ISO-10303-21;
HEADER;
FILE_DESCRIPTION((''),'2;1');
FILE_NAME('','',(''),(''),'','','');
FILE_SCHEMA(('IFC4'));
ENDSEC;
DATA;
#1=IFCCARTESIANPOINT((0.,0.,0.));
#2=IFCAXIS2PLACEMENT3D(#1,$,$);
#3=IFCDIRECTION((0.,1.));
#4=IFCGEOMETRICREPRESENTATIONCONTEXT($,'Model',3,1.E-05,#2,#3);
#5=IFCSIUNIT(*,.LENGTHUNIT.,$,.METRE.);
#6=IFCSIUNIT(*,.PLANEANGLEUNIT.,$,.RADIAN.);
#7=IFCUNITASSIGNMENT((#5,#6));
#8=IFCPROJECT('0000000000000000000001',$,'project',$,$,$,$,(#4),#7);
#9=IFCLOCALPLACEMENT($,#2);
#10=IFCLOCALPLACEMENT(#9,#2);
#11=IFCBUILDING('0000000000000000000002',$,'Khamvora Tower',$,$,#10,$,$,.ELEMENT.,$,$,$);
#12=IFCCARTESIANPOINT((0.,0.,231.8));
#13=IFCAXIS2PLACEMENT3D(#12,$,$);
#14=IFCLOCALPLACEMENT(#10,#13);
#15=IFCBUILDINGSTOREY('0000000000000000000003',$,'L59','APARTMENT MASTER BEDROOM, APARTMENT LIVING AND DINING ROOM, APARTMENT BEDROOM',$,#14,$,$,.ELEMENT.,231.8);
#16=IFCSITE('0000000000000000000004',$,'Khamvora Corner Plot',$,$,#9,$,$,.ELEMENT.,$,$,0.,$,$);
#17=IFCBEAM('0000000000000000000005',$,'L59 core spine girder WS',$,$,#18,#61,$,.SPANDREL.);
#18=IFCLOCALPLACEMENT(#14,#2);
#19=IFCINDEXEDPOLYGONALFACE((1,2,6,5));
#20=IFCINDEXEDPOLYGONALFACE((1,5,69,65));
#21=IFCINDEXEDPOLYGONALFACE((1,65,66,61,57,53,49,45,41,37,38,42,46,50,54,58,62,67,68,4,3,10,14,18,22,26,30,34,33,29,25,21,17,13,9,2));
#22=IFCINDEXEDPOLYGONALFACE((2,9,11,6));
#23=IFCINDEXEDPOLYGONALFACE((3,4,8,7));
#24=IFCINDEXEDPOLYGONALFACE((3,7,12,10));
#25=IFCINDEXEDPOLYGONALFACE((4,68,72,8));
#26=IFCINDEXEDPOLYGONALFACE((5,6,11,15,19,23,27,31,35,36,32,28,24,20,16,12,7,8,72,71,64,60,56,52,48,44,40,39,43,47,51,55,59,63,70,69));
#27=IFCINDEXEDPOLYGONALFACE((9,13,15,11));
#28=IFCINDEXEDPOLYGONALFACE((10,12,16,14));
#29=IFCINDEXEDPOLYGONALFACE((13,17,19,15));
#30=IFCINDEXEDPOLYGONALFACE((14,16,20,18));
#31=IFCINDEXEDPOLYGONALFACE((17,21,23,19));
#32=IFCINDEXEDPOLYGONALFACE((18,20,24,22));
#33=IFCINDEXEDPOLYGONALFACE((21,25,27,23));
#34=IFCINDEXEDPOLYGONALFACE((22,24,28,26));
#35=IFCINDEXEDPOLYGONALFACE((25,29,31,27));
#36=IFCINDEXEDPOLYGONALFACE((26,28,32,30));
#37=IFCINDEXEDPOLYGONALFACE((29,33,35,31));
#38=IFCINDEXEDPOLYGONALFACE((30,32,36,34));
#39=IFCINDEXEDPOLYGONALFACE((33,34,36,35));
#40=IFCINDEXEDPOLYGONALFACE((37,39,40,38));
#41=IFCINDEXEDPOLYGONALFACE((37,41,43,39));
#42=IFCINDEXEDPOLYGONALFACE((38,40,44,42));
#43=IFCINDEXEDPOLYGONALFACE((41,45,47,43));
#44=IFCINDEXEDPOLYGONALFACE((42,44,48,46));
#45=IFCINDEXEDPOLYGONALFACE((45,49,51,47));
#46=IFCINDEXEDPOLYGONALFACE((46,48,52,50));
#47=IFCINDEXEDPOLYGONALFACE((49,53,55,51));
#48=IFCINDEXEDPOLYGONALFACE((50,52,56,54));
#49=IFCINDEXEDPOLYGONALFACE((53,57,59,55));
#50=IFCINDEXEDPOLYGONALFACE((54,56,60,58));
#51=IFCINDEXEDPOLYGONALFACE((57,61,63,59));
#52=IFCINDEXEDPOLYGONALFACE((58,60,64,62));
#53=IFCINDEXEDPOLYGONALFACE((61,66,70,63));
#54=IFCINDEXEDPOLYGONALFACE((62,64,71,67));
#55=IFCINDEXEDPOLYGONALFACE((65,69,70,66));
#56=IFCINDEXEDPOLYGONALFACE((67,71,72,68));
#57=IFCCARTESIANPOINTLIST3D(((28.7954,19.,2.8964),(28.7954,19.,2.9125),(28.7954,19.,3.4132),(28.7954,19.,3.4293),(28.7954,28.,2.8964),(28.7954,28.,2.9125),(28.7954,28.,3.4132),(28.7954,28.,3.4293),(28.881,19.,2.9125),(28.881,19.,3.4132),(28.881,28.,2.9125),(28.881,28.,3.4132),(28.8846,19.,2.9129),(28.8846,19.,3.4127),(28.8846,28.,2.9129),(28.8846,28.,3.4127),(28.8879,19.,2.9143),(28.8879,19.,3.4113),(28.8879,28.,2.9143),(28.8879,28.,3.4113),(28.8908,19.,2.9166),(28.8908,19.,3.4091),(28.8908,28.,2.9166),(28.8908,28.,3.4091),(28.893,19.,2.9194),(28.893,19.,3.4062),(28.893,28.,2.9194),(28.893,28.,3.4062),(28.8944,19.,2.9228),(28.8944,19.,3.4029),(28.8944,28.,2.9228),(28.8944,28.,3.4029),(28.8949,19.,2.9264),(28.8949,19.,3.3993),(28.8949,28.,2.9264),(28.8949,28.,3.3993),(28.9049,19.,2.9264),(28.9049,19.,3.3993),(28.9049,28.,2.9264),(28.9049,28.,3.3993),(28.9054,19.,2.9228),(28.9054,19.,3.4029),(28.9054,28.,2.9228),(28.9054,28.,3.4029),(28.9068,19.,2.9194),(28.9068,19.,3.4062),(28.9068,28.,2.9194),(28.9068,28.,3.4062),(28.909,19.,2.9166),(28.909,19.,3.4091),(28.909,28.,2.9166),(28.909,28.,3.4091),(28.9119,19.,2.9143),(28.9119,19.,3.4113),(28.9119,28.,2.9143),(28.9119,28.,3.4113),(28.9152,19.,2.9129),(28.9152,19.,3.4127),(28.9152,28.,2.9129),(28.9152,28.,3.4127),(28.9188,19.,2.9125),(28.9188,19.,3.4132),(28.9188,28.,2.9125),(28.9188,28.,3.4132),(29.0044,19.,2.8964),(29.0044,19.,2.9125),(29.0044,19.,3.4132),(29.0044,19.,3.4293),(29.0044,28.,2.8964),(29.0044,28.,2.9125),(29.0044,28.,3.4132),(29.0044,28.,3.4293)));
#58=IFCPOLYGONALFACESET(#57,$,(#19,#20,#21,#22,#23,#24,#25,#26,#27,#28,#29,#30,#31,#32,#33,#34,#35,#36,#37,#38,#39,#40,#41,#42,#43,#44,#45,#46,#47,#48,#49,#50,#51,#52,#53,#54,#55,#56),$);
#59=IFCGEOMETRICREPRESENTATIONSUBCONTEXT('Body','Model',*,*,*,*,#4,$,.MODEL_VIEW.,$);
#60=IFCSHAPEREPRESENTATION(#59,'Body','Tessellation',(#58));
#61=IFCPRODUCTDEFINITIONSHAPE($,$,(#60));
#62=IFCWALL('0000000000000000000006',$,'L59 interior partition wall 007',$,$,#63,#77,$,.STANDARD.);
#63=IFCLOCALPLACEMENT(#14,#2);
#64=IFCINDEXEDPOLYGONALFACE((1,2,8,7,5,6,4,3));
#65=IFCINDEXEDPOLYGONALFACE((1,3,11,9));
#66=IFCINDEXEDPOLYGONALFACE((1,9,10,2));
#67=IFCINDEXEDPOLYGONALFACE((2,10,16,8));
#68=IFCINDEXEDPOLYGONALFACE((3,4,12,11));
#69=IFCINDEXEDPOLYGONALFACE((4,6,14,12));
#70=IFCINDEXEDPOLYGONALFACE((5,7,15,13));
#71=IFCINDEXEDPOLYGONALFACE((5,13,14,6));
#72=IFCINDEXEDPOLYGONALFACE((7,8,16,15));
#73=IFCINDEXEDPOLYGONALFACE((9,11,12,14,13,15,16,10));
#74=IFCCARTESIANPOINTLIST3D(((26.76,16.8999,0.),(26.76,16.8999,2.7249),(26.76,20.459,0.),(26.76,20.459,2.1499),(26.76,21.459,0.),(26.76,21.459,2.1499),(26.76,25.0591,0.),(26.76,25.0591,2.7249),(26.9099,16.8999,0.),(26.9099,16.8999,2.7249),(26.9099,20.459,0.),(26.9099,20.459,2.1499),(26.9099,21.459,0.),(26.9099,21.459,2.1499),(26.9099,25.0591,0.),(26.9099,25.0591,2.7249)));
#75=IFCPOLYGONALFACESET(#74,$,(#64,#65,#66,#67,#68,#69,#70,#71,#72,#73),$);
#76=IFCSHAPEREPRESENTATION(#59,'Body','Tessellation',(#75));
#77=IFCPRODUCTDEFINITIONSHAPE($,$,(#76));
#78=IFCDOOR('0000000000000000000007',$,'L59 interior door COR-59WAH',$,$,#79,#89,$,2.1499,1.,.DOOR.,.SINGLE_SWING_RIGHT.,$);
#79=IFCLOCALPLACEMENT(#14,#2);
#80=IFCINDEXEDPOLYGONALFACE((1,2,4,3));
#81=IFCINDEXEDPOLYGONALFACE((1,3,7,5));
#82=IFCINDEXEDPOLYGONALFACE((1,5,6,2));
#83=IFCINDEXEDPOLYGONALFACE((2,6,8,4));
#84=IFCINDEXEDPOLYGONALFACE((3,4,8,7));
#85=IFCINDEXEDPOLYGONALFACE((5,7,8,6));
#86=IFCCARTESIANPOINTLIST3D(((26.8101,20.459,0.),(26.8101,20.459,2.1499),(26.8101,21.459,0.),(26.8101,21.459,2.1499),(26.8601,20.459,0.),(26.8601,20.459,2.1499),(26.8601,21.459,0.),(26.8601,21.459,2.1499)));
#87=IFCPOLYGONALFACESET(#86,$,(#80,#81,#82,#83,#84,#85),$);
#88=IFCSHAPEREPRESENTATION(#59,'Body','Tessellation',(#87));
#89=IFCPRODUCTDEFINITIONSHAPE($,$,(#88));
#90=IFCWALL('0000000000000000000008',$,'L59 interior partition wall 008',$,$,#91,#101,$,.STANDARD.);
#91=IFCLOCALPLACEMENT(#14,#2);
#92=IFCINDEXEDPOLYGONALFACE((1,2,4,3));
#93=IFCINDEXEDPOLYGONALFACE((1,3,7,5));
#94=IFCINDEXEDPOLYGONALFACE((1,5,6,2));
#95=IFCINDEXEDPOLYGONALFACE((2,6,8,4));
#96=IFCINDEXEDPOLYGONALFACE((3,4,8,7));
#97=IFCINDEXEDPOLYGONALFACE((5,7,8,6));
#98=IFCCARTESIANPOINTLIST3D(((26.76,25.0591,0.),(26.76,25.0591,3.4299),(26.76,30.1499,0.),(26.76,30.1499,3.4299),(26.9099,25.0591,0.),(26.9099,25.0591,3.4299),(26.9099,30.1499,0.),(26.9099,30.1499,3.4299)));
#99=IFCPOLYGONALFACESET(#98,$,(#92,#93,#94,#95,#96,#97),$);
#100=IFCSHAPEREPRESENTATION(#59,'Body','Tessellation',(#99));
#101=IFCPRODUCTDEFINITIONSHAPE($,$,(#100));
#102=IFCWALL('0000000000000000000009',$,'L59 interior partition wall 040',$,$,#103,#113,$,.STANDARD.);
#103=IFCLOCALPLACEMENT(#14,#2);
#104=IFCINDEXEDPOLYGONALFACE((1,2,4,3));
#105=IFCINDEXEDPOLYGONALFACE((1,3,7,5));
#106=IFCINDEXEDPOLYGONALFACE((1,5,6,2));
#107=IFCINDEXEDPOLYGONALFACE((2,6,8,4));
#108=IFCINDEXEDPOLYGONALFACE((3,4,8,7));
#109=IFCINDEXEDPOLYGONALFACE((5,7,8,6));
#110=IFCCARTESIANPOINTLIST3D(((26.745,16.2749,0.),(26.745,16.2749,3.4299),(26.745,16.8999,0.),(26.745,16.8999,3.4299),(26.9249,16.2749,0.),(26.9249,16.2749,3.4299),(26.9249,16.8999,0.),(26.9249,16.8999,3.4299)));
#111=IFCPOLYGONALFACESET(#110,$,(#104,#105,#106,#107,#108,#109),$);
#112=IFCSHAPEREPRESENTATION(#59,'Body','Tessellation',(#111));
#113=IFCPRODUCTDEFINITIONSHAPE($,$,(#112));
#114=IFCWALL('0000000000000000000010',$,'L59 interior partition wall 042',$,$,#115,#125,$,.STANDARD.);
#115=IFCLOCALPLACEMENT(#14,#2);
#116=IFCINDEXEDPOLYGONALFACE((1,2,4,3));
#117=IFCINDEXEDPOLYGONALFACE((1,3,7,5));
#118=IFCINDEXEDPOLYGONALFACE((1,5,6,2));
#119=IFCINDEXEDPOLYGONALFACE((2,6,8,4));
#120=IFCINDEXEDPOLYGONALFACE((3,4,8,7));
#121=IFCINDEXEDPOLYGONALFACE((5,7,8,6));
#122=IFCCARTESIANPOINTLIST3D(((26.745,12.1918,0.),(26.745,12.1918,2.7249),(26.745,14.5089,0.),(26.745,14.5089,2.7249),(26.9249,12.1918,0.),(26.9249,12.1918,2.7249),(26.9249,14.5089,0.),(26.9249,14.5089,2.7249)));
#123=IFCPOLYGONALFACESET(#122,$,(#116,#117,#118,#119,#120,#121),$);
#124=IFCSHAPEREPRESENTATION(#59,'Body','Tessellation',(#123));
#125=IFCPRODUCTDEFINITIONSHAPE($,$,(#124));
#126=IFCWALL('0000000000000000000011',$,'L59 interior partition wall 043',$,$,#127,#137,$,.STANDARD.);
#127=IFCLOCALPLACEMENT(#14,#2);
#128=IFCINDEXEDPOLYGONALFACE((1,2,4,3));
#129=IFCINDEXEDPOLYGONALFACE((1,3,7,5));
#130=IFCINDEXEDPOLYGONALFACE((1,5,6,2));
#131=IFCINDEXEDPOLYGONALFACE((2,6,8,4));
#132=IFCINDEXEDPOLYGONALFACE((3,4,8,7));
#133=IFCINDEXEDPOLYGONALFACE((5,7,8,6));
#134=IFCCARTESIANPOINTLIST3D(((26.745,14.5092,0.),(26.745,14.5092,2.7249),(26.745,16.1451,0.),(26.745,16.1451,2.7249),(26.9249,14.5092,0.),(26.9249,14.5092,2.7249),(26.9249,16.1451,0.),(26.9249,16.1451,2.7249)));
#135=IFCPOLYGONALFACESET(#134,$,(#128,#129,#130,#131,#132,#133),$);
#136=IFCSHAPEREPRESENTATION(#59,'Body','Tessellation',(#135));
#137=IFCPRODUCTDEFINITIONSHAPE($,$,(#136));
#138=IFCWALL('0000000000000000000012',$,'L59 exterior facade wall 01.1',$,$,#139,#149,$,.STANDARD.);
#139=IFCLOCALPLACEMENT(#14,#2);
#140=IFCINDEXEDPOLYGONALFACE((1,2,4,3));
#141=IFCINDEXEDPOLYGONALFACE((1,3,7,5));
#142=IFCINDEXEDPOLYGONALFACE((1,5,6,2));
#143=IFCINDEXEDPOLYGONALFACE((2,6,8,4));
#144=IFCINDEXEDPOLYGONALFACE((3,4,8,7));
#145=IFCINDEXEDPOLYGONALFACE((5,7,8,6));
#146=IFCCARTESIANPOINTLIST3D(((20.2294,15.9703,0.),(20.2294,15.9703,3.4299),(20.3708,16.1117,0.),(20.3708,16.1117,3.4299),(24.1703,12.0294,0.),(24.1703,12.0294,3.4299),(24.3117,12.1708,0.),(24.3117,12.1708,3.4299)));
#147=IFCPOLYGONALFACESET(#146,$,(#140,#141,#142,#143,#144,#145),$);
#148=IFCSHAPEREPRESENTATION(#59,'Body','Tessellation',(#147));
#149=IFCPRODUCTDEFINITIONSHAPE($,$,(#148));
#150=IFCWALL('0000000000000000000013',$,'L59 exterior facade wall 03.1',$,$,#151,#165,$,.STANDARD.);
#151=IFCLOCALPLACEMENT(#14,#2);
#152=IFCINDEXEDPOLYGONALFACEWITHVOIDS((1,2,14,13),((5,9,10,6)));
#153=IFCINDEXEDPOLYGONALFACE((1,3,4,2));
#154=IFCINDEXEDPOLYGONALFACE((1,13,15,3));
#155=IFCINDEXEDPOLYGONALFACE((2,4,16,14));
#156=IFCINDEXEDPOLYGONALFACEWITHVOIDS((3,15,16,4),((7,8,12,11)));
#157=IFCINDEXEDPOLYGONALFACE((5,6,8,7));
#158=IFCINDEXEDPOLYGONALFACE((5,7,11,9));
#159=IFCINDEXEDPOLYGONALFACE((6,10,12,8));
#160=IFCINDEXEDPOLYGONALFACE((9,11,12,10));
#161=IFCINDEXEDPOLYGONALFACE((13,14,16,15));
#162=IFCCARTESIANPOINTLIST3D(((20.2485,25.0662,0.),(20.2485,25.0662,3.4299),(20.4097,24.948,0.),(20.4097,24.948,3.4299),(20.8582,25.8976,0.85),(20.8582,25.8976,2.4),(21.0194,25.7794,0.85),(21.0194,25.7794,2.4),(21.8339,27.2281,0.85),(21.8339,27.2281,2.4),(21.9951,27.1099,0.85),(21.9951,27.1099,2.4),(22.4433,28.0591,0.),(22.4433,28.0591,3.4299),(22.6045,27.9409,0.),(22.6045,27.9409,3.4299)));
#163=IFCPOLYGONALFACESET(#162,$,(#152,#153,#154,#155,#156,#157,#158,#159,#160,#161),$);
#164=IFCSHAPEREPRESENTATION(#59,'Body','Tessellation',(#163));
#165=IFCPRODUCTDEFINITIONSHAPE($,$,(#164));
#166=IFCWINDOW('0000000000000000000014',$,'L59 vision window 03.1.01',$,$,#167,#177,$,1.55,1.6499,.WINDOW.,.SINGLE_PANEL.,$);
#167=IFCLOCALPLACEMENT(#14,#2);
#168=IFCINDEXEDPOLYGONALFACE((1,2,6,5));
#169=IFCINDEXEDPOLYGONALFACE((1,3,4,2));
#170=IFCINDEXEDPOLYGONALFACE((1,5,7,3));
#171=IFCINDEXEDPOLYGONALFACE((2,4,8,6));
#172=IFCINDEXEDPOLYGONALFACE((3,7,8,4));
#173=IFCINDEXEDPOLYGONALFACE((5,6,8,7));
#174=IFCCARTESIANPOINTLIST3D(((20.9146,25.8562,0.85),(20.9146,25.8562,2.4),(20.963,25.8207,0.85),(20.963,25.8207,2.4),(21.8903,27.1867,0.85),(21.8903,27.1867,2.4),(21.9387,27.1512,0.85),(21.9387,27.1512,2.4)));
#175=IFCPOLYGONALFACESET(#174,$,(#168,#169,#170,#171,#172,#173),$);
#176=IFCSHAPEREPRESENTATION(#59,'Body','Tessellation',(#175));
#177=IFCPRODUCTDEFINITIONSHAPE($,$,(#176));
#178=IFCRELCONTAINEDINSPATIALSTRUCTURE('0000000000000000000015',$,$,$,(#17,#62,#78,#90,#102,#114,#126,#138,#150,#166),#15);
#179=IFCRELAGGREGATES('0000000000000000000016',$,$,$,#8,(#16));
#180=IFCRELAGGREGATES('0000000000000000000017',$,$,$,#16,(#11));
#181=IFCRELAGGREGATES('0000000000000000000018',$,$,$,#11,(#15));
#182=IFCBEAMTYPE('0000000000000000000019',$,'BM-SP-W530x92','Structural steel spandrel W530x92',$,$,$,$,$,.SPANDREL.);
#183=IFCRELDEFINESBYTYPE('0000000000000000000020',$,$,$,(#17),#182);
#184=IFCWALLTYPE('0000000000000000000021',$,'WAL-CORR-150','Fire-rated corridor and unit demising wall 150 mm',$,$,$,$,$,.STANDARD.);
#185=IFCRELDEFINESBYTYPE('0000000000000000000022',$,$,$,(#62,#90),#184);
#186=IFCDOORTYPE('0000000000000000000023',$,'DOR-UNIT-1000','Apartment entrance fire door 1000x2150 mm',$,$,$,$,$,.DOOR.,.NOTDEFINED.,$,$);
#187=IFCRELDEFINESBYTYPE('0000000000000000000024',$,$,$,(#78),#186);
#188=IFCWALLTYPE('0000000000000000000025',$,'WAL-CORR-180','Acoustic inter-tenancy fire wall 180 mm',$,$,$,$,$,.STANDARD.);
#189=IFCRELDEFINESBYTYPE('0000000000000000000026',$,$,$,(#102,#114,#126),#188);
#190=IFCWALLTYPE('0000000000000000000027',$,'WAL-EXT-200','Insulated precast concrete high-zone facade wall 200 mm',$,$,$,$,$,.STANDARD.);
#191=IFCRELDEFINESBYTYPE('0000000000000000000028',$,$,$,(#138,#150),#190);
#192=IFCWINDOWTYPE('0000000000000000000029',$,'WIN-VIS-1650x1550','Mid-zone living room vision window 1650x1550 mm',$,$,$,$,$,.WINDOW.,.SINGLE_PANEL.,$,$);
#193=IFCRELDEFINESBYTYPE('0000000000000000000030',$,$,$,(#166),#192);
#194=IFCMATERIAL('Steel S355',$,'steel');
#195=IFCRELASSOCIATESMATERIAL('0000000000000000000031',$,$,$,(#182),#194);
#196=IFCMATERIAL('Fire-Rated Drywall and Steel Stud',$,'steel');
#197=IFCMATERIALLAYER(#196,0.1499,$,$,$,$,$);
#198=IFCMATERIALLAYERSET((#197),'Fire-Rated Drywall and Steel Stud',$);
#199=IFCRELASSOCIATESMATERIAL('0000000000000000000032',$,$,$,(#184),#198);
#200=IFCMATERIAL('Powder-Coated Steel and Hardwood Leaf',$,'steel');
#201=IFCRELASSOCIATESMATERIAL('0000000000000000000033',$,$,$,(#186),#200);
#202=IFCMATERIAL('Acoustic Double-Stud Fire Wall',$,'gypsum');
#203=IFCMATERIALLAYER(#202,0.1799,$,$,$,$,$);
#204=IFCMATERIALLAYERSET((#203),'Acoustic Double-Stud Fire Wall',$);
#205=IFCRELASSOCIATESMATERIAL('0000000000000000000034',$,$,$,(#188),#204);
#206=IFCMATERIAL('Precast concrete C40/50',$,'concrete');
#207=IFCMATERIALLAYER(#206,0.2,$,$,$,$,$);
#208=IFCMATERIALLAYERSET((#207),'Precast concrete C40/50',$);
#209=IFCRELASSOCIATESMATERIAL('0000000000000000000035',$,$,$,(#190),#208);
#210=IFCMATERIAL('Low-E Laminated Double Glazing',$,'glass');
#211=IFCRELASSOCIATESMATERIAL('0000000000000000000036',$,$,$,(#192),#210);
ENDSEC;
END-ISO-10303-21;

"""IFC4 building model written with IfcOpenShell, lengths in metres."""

from ifc_helpers import new_model, si_unit, direction, frame, frame_2d, origin, origin_2d, place, context, subcontext, project, spatial, rectangle, i_section, extrude, material, layer, layer_set, material_profile, profile_set, type_object, element, fill, save


model = new_model("IFC4")

# Units and contexts
model_context = context("Model", 3, precision=1e-05, world=origin(), true_north=direction((0.0, 1.0)))
body_context = subcontext(model_context, "Body", "Model", "MODEL_VIEW")
ifc_project = project(units=[si_unit("LENGTHUNIT", "METRE"), si_unit("PLANEANGLEUNIT", "RADIAN")], contexts=[model_context])

# Site, building, storey
site_placement = place(None, origin())
site = spatial("IfcSite", under=ifc_project, at=site_placement, Name="Khamvora Corner Plot", CompositionType="ELEMENT", RefElevation=0.0)
building_placement = place(site_placement, origin())
building = spatial("IfcBuilding", under=site, at=building_placement, Name="Khamvora Tower", CompositionType="ELEMENT")
storey_placement = place(building_placement, frame((0.0, 0.0, 231.8)))
storey = spatial("IfcBuildingStorey", under=building, at=storey_placement, Name="L59", Description="APARTMENT MASTER BEDROOM, APARTMENT LIVING AND DINING ROOM, APARTMENT BEDROOM", CompositionType="ELEMENT", Elevation=231.8)

# Shared definitions
ifc_material_1 = material(Name="Steel S355", Category="steel")

# Beam
ifc_material_profile_1 = material_profile(ifc_material_1, i_section(OverallWidth=0.209, OverallDepth=0.533, WebThickness=0.01, FlangeThickness=0.0161, FilletRadius=0.0139, at=origin_2d()), Name="W530x92")
ifc_profile_set_1 = profile_set([ifc_material_profile_1], Name="Steel S355")
beam_type_1 = type_object("IfcBeamType", Name="BM-SP-W530x92", Description="Structural steel spandrel W530x92", PredefinedType="SPANDREL", material=ifc_profile_set_1)
beam_1_placement = place(storey_placement, frame((28.8999, 19.0, 3.1628), z_axis=(0.0, 1.0, 0.0), x_axis=(-1.0, 0.0, 0.0)))
element("IfcBeam", 1, at=beam_1_placement, inside=storey, type_object=beam_type_1, Name="L59 core spine girder WS", PredefinedType="SPANDREL", context=body_context, shape_type="SweptSolid", body=[
    extrude(i_section(OverallWidth=0.209, OverallDepth=0.533, WebThickness=0.01, FlangeThickness=0.0161, FilletRadius=0.0139, at=origin_2d()), origin(), (0.0, 0.0, 1.0), 9.0),
])

# Wall, opening, door
ifc_material_2 = material(Name="Fire-Rated Drywall and Steel Stud", Category="steel")
ifc_layer_1 = layer(ifc_material_2, 0.1499)
ifc_layer_set_1 = layer_set([ifc_layer_1], Name="Fire-Rated Drywall and Steel Stud")
wall_type_1 = type_object("IfcWallType", Name="WAL-CORR-150", Description="Fire-rated corridor and unit demising wall 150 mm", PredefinedType="STANDARD", material=ifc_layer_set_1)
wall_1_placement = place(storey_placement, frame((26.835, 16.8999, 0.0), z_axis=(0.0, 0.0, 1.0), x_axis=(0.0, 1.0, 0.0)))
wall_1 = element("IfcWall", 2, at=wall_1_placement, inside=storey, type_object=wall_type_1, Name="L59 interior partition wall 007", PredefinedType="STANDARD", context=body_context, shape_type="SweptSolid", body=[
    extrude(rectangle(XDim=8.1592, YDim=0.1499, at=frame_2d((4.0796, 0.0))), origin(), (0.0, 0.0, 1.0), 2.7249),
])
opening_1_placement = place(wall_1_placement, frame((3.5591, 0.0, 0.0)))
opening_1 = element("IfcOpeningElement", 3, at=opening_1_placement, cuts=wall_1, PredefinedType="OPENING", context=body_context, shape_type="SweptSolid", body=[
    extrude(rectangle(XDim=1.0, YDim=2.1499, at=frame_2d((0.5, 1.075))), frame((0.0, 0.085, 0.0), z_axis=(0.0, -1.0, 0.0), x_axis=(1.0, 0.0, 0.0)), (0.0, 0.0, 1.0), 0.1699),
])
ifc_material_3 = material(Name="Powder-Coated Steel and Hardwood Leaf", Category="steel")
door_type_1 = type_object("IfcDoorType", Name="DOR-UNIT-1000", Description="Apartment entrance fire door 1000x2150 mm", OperationType="NOTDEFINED", PredefinedType="DOOR", material=ifc_material_3)
door_1_placement = place(opening_1_placement, origin())
door_1 = element("IfcDoor", 4, at=door_1_placement, inside=storey, type_object=door_type_1, Name="L59 interior door COR-59WAH", OperationType="SINGLE_SWING_RIGHT", OverallHeight=2.1499, OverallWidth=1.0, PredefinedType="DOOR", context=body_context, shape_type="SweptSolid", body=[
    extrude(rectangle(XDim=1.0, YDim=2.1499, at=frame_2d((0.5, 1.075))), frame((0.0, 0.0249, 0.0), z_axis=(0.0, -1.0, 0.0), x_axis=(1.0, 0.0, 0.0)), (0.0, 0.0, 1.0), 0.05),
])
fill(opening_1, door_1)

# Walls
wall_2_placement = place(storey_placement, frame((26.835, 25.0591, 0.0), z_axis=(0.0, 0.0, 1.0), x_axis=(0.0, 1.0, 0.0)))
element("IfcWall", 5, at=wall_2_placement, inside=storey, type_object=wall_type_1, Name="L59 interior partition wall 008", PredefinedType="STANDARD", context=body_context, shape_type="SweptSolid", body=[
    extrude(rectangle(XDim=5.0908, YDim=0.1499, at=frame_2d((2.5454, 0.0))), origin(), (0.0, 0.0, 1.0), 3.4299),
])
ifc_material_4 = material(Name="Acoustic Double-Stud Fire Wall", Category="gypsum")
ifc_layer_2 = layer(ifc_material_4, 0.1799)
ifc_layer_set_2 = layer_set([ifc_layer_2], Name="Acoustic Double-Stud Fire Wall")
wall_type_2 = type_object("IfcWallType", Name="WAL-CORR-180", Description="Acoustic inter-tenancy fire wall 180 mm", PredefinedType="STANDARD", material=ifc_layer_set_2)
wall_3_placement = place(storey_placement, frame((26.835, 16.8999, 0.0), z_axis=(0.0, 0.0, 1.0), x_axis=(0.0, -1.0, 0.0)))
element("IfcWall", 6, at=wall_3_placement, inside=storey, type_object=wall_type_2, Name="L59 interior partition wall 040", PredefinedType="STANDARD", context=body_context, shape_type="SweptSolid", body=[
    extrude(rectangle(XDim=0.625, YDim=0.1799, at=frame_2d((0.3125, 0.0))), origin(), (0.0, 0.0, 1.0), 3.4299),
])
wall_4_placement = place(storey_placement, frame((26.835, 14.509, 0.0), z_axis=(0.0, 0.0, 1.0), x_axis=(0.0, -1.0, 0.0)))
element("IfcWall", 7, at=wall_4_placement, inside=storey, type_object=wall_type_2, Name="L59 interior partition wall 042", PredefinedType="STANDARD", context=body_context, shape_type="SweptSolid", body=[
    extrude(rectangle(XDim=2.3171, YDim=0.1799, at=frame_2d((1.1587, 0.0))), origin(), (0.0, 0.0, 1.0), 2.7249),
])
wall_5_placement = place(storey_placement, frame((26.835, 16.145, 0.0), z_axis=(0.0, 0.0, 1.0), x_axis=(0.0, -1.0, 0.0)))
element("IfcWall", 8, at=wall_5_placement, inside=storey, type_object=wall_type_2, Name="L59 interior partition wall 043", PredefinedType="STANDARD", context=body_context, shape_type="SweptSolid", body=[
    extrude(rectangle(XDim=1.636, YDim=0.1799, at=frame_2d((0.8179, 0.0))), origin(), (0.0, 0.0, 1.0), 2.7249),
])
ifc_material_5 = material(Name="Precast concrete C40/50", Category="concrete")
ifc_layer_3 = layer(ifc_material_5, 0.2)
ifc_layer_set_3 = layer_set([ifc_layer_3], Name="Precast concrete C40/50")
wall_type_3 = type_object("IfcWallType", Name="WAL-EXT-200", Description="Insulated precast concrete high-zone facade wall 200 mm", PredefinedType="STANDARD", material=ifc_layer_set_3)
wall_6_placement = place(storey_placement, frame((24.241, 12.1001, 0.0), z_axis=(0.0, 0.0, 1.0), x_axis=(-0.707107, 0.707107, 0.0)))
element("IfcWall", 9, at=wall_6_placement, inside=storey, type_object=wall_type_3, Name="L59 exterior facade wall 01.1", PredefinedType="STANDARD", context=body_context, shape_type="SweptSolid", body=[
    extrude(rectangle(XDim=5.5732, YDim=0.2, at=frame_2d((2.7866, 0.0))), origin(), (0.0, 0.0, 1.0), 3.4299),
])

# Wall, opening, window
wall_7_placement = place(storey_placement, frame((20.3291, 25.0071, 0.0), z_axis=(0.0, 0.0, 1.0), x_axis=(0.591367, 0.806403, 0.0)))
wall_7 = element("IfcWall", 10, at=wall_7_placement, inside=storey, type_object=wall_type_3, Name="L59 exterior facade wall 03.1", PredefinedType="STANDARD", context=body_context, shape_type="SweptSolid", body=[
    extrude(rectangle(XDim=3.7114, YDim=0.2, at=frame_2d((1.8557, 0.0))), origin(), (0.0, 0.0, 1.0), 3.4299),
])
opening_2_placement = place(wall_7_placement, frame((1.031, 0.0, 0.8501)))
opening_2 = element("IfcOpeningElement", 11, at=opening_2_placement, cuts=wall_7, PredefinedType="OPENING", context=body_context, shape_type="SweptSolid", body=[
    extrude(rectangle(XDim=1.6499, YDim=1.55, at=frame_2d((0.825, 0.7749))), frame((0.0, 0.1099, 0.0), z_axis=(0.0, -1.0, 0.0), x_axis=(1.0, 0.0, 0.0)), (0.0, 0.0, 1.0), 0.22),
])
ifc_material_6 = material(Name="Low-E Laminated Double Glazing", Category="glass")
window_type = type_object("IfcWindowType", Name="WIN-VIS-1650x1550", Description="Mid-zone living room vision window 1650x1550 mm", PartitioningType="SINGLE_PANEL", PredefinedType="WINDOW", material=ifc_material_6)
window_placement = place(opening_2_placement, origin())
window = element("IfcWindow", 12, at=window_placement, inside=storey, type_object=window_type, Name="L59 vision window 03.1.01", OverallHeight=1.55, OverallWidth=1.6499, PartitioningType="SINGLE_PANEL", PredefinedType="WINDOW", context=body_context, shape_type="SweptSolid", body=[
    extrude(rectangle(XDim=1.6499, YDim=1.55, at=frame_2d((0.825, 0.7749))), frame((0.0, 0.03, 0.0), z_axis=(0.0, -1.0, 0.0), x_axis=(1.0, 0.0, 0.0)), (0.0, 0.0, 1.0), 0.0601),
])
fill(opening_2, window)

save(model, "model.ifc")
